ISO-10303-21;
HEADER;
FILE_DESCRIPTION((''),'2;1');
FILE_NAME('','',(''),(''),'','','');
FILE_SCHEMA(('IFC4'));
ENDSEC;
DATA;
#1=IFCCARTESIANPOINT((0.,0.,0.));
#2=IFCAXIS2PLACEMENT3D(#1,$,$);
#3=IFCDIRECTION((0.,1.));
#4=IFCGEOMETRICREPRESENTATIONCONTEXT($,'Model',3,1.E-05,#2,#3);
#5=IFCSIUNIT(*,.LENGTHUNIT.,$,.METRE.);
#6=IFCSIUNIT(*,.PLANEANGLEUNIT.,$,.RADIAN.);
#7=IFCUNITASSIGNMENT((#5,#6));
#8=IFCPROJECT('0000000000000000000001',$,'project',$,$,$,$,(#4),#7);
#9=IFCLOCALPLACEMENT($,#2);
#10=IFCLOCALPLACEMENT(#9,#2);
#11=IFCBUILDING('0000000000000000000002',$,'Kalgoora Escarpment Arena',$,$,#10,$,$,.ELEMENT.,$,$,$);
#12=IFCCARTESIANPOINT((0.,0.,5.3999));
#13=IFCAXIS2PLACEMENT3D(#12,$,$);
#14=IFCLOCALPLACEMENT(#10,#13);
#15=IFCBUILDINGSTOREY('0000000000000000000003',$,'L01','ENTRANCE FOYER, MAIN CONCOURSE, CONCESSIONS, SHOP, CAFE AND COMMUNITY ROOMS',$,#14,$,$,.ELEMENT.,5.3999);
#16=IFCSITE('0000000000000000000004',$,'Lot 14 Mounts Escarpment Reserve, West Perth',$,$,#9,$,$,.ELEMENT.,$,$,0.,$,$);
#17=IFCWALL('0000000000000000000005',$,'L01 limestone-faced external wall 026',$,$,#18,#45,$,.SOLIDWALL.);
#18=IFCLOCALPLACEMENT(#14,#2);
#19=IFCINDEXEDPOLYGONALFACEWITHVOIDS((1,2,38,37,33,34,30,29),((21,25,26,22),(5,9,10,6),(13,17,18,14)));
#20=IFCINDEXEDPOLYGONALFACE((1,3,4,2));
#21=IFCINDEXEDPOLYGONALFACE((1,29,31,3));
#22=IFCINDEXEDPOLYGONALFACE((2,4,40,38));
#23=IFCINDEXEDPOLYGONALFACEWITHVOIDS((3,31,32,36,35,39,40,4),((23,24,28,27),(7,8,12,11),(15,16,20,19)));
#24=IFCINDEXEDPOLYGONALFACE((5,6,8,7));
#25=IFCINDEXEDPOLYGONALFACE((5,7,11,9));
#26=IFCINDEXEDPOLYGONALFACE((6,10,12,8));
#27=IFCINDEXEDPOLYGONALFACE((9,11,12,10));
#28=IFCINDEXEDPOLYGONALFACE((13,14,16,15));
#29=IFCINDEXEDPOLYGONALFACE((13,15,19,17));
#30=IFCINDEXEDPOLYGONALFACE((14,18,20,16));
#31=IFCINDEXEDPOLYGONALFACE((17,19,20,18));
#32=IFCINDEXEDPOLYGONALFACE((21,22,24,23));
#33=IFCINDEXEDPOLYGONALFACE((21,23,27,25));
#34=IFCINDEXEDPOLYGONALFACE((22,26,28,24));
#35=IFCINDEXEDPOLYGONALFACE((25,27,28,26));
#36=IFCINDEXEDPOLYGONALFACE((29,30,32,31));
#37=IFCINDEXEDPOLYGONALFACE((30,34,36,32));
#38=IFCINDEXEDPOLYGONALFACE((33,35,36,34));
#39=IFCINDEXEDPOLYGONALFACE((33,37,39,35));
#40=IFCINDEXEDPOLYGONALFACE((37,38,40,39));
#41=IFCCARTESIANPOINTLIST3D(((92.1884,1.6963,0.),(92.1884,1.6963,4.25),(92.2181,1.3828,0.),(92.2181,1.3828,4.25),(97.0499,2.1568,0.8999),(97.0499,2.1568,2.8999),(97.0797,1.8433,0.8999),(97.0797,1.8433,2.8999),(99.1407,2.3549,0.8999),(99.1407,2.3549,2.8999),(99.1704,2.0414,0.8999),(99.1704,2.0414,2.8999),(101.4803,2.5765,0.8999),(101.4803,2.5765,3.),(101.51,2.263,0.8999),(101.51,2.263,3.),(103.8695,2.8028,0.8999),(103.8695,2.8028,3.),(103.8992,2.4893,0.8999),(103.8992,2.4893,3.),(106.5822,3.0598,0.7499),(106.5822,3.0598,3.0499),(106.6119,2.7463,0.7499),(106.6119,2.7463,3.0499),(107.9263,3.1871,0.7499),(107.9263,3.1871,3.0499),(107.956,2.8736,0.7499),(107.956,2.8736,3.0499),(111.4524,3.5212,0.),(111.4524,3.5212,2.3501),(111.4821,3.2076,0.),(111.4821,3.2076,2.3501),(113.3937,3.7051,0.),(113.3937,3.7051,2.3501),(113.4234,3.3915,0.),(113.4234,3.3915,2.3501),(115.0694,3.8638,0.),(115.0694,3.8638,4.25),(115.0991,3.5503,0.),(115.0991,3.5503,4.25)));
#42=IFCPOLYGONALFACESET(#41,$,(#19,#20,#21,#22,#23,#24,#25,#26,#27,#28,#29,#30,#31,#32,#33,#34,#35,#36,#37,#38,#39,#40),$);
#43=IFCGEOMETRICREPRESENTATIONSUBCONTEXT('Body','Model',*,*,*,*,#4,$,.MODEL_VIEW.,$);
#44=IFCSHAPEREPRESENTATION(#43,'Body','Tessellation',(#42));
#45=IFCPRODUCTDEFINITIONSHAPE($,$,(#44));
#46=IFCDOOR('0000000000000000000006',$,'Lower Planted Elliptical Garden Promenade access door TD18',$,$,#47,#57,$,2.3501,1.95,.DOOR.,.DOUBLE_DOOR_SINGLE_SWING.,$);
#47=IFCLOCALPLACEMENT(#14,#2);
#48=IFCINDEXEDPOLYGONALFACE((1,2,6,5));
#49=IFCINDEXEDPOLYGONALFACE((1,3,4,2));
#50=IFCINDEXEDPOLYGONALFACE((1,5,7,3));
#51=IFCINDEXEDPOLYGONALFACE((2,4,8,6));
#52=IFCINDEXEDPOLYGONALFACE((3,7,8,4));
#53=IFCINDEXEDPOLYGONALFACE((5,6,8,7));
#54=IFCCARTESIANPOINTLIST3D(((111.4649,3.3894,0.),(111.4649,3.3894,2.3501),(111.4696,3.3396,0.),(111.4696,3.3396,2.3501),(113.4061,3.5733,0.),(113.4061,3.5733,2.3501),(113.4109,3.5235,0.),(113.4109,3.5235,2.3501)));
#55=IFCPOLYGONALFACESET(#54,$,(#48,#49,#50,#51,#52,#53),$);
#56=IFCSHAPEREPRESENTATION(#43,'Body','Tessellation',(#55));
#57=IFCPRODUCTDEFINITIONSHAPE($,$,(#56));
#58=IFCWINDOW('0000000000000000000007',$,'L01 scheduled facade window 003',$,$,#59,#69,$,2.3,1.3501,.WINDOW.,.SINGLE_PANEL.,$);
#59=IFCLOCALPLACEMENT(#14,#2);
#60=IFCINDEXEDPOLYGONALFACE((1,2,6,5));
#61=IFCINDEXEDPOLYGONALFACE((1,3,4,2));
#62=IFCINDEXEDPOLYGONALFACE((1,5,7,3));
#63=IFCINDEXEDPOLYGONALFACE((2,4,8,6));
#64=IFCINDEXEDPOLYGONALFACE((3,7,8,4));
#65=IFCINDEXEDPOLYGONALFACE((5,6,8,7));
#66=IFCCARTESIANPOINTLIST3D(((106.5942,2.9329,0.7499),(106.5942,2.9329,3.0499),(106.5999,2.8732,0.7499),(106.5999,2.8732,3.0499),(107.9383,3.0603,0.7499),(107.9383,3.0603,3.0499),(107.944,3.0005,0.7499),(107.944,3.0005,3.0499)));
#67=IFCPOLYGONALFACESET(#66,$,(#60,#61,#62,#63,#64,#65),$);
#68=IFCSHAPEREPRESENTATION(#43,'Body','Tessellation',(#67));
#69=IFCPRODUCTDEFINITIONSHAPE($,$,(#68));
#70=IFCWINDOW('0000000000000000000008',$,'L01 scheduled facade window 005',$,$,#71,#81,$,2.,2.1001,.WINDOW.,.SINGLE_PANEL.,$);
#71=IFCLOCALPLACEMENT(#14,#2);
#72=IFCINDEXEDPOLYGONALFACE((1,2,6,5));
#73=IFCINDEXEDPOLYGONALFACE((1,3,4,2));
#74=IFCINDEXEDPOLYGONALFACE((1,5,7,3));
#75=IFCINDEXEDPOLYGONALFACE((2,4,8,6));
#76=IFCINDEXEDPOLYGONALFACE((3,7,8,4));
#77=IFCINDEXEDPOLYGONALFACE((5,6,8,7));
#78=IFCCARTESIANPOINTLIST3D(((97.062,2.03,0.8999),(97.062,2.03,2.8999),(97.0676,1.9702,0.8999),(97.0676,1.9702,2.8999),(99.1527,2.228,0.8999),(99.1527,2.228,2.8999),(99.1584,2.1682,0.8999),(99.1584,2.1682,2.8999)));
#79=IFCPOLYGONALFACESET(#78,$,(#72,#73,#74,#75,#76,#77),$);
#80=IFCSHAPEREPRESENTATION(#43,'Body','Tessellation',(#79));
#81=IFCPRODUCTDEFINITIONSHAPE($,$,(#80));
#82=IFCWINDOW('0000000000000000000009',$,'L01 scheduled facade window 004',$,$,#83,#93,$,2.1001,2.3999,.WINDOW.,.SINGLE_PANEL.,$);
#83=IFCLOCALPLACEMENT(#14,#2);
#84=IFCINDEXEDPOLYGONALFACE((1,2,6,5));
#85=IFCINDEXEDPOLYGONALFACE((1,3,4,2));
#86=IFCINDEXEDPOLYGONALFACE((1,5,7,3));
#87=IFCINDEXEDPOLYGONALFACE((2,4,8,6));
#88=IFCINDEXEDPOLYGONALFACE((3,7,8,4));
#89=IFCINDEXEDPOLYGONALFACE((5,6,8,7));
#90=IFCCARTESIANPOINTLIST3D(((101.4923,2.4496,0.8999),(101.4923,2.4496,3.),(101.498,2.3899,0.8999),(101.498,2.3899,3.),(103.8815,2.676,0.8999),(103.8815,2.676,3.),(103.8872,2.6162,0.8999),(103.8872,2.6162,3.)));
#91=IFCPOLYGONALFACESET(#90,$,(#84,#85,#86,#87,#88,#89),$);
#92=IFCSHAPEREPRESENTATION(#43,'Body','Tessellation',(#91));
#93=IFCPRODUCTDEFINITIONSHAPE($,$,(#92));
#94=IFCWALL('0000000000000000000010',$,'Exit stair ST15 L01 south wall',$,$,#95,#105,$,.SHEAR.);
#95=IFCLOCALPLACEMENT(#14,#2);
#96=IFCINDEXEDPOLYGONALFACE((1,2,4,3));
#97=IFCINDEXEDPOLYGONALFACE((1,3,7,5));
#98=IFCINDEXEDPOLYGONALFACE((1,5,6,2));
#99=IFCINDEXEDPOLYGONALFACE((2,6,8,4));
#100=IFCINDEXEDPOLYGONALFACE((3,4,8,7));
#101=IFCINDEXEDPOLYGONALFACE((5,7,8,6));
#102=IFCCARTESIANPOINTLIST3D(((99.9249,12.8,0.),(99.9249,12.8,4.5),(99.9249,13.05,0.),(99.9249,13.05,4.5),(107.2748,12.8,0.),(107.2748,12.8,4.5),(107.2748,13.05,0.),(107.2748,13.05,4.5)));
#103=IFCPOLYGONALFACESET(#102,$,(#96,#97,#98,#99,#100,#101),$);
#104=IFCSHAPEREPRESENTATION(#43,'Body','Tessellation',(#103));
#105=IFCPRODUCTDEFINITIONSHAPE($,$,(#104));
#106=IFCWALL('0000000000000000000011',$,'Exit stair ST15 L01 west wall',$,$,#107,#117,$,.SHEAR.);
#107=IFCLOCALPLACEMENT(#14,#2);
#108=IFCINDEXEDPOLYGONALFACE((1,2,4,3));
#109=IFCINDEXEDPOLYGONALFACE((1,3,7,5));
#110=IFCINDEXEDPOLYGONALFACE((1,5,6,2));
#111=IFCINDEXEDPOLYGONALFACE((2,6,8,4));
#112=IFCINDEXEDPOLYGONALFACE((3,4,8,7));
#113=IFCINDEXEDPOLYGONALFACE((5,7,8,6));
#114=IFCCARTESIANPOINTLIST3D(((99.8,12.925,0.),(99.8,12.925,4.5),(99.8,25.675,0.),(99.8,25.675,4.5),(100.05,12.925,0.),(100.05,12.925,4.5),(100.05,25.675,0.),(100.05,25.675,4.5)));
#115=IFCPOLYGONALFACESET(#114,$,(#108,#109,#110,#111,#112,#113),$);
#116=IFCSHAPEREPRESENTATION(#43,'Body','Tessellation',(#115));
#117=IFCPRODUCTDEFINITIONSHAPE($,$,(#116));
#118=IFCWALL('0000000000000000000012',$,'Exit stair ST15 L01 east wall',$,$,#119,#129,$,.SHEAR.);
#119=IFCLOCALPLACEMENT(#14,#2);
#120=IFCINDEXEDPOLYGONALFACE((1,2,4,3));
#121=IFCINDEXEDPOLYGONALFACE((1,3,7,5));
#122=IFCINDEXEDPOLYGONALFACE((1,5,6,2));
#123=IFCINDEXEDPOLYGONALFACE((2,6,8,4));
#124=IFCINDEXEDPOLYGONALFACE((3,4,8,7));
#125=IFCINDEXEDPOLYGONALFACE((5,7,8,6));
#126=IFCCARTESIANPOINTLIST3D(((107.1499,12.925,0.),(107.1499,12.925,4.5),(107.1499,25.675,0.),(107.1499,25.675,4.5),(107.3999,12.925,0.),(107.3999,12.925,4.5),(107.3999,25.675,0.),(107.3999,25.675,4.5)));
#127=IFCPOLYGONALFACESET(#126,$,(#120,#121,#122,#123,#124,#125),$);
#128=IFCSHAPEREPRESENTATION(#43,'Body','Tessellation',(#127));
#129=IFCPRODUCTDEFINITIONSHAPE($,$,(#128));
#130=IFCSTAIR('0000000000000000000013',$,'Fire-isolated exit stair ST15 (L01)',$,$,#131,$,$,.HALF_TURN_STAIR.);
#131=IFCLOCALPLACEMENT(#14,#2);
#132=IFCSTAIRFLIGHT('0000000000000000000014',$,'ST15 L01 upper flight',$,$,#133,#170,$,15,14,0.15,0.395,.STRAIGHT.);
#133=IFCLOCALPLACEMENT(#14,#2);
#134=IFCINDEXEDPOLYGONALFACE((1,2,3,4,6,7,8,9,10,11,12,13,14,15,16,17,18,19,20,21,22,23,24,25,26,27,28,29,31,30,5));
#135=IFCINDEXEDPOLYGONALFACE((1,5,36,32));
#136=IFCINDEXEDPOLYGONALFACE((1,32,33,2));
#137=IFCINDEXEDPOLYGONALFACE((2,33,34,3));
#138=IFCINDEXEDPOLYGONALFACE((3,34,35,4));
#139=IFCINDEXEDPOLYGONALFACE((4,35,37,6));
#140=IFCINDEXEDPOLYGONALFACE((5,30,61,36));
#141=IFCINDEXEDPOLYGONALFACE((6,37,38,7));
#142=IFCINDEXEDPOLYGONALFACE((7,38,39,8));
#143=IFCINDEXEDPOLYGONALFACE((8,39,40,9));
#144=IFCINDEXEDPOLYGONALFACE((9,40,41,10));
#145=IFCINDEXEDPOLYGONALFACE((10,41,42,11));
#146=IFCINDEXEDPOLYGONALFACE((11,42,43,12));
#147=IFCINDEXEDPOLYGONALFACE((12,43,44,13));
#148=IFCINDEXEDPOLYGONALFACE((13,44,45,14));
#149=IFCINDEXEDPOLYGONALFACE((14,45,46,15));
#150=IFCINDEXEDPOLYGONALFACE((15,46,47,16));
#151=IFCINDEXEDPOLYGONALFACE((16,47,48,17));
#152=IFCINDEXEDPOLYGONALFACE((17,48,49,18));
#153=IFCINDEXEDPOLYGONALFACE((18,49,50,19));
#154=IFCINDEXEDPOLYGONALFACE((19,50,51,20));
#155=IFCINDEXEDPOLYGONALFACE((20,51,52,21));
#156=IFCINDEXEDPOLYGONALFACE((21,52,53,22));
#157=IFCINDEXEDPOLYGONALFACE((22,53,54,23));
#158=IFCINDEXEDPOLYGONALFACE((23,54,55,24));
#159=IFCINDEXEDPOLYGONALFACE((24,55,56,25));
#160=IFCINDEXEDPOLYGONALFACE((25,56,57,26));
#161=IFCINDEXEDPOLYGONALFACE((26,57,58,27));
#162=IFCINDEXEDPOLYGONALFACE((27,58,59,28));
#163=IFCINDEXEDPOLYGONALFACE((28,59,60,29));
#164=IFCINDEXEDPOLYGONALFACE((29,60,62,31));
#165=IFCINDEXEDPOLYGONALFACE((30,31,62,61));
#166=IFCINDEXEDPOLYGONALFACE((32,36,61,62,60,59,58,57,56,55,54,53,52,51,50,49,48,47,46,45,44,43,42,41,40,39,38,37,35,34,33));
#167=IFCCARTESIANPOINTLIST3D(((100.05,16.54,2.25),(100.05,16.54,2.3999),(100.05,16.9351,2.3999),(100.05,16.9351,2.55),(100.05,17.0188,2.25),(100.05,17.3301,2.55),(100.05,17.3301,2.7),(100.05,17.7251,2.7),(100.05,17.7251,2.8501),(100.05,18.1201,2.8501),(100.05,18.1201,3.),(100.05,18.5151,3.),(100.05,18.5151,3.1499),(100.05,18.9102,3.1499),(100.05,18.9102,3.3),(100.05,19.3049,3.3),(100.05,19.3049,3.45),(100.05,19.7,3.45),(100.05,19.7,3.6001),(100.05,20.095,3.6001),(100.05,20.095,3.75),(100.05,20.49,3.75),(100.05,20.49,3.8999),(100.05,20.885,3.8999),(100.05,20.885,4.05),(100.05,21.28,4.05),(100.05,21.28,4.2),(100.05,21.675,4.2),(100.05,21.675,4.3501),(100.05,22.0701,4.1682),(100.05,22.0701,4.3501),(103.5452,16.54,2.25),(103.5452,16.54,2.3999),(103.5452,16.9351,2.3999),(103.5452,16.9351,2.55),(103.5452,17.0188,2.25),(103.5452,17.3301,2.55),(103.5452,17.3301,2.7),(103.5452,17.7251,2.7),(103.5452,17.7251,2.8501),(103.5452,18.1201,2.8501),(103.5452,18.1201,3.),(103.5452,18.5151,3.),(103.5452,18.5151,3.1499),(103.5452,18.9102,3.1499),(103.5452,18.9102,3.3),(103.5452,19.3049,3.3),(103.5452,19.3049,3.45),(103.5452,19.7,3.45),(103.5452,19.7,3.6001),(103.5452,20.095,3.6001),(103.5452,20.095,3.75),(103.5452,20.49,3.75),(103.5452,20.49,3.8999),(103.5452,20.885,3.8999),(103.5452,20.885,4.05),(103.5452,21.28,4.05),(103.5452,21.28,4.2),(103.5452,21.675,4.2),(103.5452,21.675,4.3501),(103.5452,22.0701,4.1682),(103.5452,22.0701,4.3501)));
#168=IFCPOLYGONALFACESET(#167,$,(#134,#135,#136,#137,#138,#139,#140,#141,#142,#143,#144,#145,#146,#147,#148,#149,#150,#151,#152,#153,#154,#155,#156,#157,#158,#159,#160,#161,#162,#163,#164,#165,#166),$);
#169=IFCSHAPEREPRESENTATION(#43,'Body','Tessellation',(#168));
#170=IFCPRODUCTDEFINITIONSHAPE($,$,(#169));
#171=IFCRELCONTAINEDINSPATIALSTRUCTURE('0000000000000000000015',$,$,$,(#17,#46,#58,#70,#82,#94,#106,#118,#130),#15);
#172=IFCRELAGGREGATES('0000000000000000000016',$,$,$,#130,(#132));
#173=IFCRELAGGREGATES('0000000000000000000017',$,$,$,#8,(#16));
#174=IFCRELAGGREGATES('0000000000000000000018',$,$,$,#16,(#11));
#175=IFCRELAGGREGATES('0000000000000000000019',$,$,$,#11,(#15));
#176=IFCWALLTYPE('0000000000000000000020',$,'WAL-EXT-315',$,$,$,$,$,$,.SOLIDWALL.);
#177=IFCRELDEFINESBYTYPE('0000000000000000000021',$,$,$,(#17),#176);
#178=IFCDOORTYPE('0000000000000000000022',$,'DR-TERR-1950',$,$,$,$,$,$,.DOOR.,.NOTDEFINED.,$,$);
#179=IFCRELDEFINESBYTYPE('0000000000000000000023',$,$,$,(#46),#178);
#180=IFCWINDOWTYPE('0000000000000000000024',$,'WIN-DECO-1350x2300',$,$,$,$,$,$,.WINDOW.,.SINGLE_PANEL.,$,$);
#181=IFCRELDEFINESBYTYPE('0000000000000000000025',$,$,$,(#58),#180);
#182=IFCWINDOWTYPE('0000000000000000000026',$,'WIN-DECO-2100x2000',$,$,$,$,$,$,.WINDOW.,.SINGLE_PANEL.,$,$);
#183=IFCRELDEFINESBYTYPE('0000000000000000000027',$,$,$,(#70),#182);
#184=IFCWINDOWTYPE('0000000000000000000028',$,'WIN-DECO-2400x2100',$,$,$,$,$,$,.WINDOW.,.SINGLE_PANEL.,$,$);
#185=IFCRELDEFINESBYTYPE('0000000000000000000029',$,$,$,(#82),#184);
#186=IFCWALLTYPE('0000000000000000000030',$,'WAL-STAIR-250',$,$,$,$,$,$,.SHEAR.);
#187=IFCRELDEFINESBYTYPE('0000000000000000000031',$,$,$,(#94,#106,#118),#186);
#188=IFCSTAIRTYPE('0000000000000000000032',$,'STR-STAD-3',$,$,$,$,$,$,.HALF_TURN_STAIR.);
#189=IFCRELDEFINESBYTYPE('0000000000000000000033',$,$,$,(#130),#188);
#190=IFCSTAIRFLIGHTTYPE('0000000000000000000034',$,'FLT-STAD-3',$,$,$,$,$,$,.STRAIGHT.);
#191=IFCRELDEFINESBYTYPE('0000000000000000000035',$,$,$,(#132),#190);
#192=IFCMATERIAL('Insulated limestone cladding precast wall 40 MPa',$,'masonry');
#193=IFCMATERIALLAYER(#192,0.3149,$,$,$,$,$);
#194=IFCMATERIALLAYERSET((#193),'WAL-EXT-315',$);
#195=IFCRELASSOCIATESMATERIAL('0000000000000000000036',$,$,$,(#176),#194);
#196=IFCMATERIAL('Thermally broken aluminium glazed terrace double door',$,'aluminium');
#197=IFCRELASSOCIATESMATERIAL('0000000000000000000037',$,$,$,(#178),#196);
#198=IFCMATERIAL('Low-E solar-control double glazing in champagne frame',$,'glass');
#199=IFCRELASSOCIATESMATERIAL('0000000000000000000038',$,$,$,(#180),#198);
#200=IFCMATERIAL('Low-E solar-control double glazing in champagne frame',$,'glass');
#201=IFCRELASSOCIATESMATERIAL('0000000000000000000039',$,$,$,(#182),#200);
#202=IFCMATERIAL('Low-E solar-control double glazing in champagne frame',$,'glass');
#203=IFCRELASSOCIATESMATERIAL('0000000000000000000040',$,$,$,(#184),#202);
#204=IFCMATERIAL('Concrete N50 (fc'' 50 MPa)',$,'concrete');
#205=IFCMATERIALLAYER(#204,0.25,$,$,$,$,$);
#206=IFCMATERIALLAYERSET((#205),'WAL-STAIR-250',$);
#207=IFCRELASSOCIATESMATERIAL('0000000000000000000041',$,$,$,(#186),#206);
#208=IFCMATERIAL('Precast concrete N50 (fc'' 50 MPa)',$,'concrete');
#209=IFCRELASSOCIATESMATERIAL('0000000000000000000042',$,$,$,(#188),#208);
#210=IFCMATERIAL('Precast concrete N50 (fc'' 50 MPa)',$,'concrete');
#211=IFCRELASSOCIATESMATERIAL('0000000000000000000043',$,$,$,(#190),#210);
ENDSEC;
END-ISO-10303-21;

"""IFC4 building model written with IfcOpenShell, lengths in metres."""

from ifc_helpers import new_model, si_unit, direction, frame, frame_2d, origin, place, context, subcontext, project, spatial, polyline, rectangle, outline, extrude, material, layer, layer_set, type_object, element, fill, aggregate, save


model = new_model("IFC4")

# Units and contexts
model_context = context("Model", 3, precision=1e-05, world=origin(), true_north=direction((0.0, 1.0)))
body_context = subcontext(model_context, "Body", "Model", "MODEL_VIEW")
ifc_project = project(units=[si_unit("LENGTHUNIT", "METRE"), si_unit("PLANEANGLEUNIT", "RADIAN")], contexts=[model_context])

# Site, building, storey
site_placement = place(None, origin())
site = spatial("IfcSite", under=ifc_project, at=site_placement, Name="Lot 14 Mounts Escarpment Reserve, West Perth", CompositionType="ELEMENT", RefElevation=0.0)
building_placement = place(site_placement, origin())
building = spatial("IfcBuilding", under=site, at=building_placement, Name="Kalgoora Escarpment Arena", CompositionType="ELEMENT")
storey_placement = place(building_placement, frame((0.0, 0.0, 5.3999)))
storey = spatial("IfcBuildingStorey", under=building, at=storey_placement, Name="L01", Description="ENTRANCE FOYER, MAIN CONCOURSE, CONCESSIONS, SHOP, CAFE AND COMMUNITY ROOMS", CompositionType="ELEMENT", Elevation=5.3999)

# Wall, openings, door, windows
ifc_material_1 = material(Name="Insulated limestone cladding precast wall 40 MPa", Category="masonry")
ifc_layer_1 = layer(ifc_material_1, 0.3149)
ifc_layer_set_1 = layer_set([ifc_layer_1], Name="WAL-EXT-315")
wall_type_1 = type_object("IfcWallType", Name="WAL-EXT-315", PredefinedType="SOLIDWALL", material=ifc_layer_set_1)
wall_1_placement = place(storey_placement, frame((115.0842, 3.707, 0.0), z_axis=(0.0, 0.0, 1.0), x_axis=(-0.995543, -0.094307, 0.0)))
wall_1 = element("IfcWall", 1, at=wall_1_placement, inside=storey, type_object=wall_type_1, Name="L01 limestone-faced external wall 026", PredefinedType="SOLIDWALL", context=body_context, shape_type="SweptSolid", body=[
    extrude(rectangle(XDim=22.9834, YDim=0.3149, at=frame_2d((11.4917, 0.0))), origin(), (0.0, 0.0, 1.0), 4.25),
])
opening_1_placement = place(wall_1_placement, frame((1.6831, 0.0, 0.0)))
opening_1 = element("IfcOpeningElement", 2, at=opening_1_placement, cuts=wall_1, PredefinedType="OPENING", context=body_context, shape_type="SweptSolid", body=[
    extrude(rectangle(XDim=1.95, YDim=2.3501, at=frame_2d((0.9751, 1.175))), frame((0.0, 0.1675, 0.0), z_axis=(0.0, -1.0, 0.0), x_axis=(1.0, 0.0, 0.0)), (0.0, 0.0, 1.0), 0.335),
])
opening_2_placement = place(wall_1_placement, frame((7.175, 0.0, 0.75)))
opening_2 = element("IfcOpeningElement", 3, at=opening_2_placement, cuts=wall_1, PredefinedType="OPENING", context=body_context, shape_type="SweptSolid", body=[
    extrude(rectangle(XDim=1.3501, YDim=2.3, at=frame_2d((0.675, 1.1499))), frame((0.0, 0.1675, 0.0), z_axis=(0.0, -1.0, 0.0), x_axis=(1.0, 0.0, 0.0)), (0.0, 0.0, 1.0), 0.335),
])
opening_3_placement = place(wall_1_placement, frame((11.25, 0.0, 0.8999)))
opening_3 = element("IfcOpeningElement", 4, at=opening_3_placement, cuts=wall_1, PredefinedType="OPENING", context=body_context, shape_type="SweptSolid", body=[
    extrude(rectangle(XDim=2.3999, YDim=2.1001, at=frame_2d((1.2, 1.05))), frame((0.0, 0.1675, 0.0), z_axis=(0.0, -1.0, 0.0), x_axis=(1.0, 0.0, 0.0)), (0.0, 0.0, 1.0), 0.335),
])
opening_4_placement = place(wall_1_placement, frame((16.0, 0.0, 0.8999)))
opening_4 = element("IfcOpeningElement", 5, at=opening_4_placement, cuts=wall_1, PredefinedType="OPENING", context=body_context, shape_type="SweptSolid", body=[
    extrude(rectangle(XDim=2.1001, YDim=2.0, at=frame_2d((1.05, 1.0))), frame((0.0, 0.1675, 0.0), z_axis=(0.0, -1.0, 0.0), x_axis=(1.0, 0.0, 0.0)), (0.0, 0.0, 1.0), 0.335),
])
ifc_material_2 = material(Name="Thermally broken aluminium glazed terrace double door", Category="aluminium")
door_type_1 = type_object("IfcDoorType", Name="DR-TERR-1950", OperationType="NOTDEFINED", PredefinedType="DOOR", material=ifc_material_2)
door_1_placement = place(opening_1_placement, origin())
door_1 = element("IfcDoor", 6, at=door_1_placement, inside=storey, type_object=door_type_1, Name="Lower Planted Elliptical Garden Promenade access door TD18", OperationType="DOUBLE_DOOR_SINGLE_SWING", OverallHeight=2.3501, OverallWidth=1.95, PredefinedType="DOOR", context=body_context, shape_type="SweptSolid", body=[
    extrude(rectangle(XDim=1.95, YDim=2.3501, at=frame_2d((0.9751, 1.175))), frame((0.0, 0.0249, 0.0), z_axis=(0.0, -1.0, 0.0), x_axis=(1.0, 0.0, 0.0)), (0.0, 0.0, 1.0), 0.05),
])
fill(opening_1, door_1)
ifc_material_3 = material(Name="Low-E solar-control double glazing in champagne frame", Category="glass")
window_type_1 = type_object("IfcWindowType", Name="WIN-DECO-1350x2300", PartitioningType="SINGLE_PANEL", PredefinedType="WINDOW", material=ifc_material_3)
window_1_placement = place(opening_2_placement, origin())
window_1 = element("IfcWindow", 7, at=window_1_placement, inside=storey, type_object=window_type_1, Name="L01 scheduled facade window 003", OverallHeight=2.3, OverallWidth=1.3501, PartitioningType="SINGLE_PANEL", PredefinedType="WINDOW", context=body_context, shape_type="SweptSolid", body=[
    extrude(rectangle(XDim=1.3501, YDim=2.3, at=frame_2d((0.675, 1.1499))), frame((0.0, 0.03, 0.0), z_axis=(0.0, -1.0, 0.0), x_axis=(1.0, 0.0, 0.0)), (0.0, 0.0, 1.0), 0.0601),
])
fill(opening_2, window_1)
ifc_material_4 = material(Name="Low-E solar-control double glazing in champagne frame", Category="glass")
window_type_2 = type_object("IfcWindowType", Name="WIN-DECO-2100x2000", PartitioningType="SINGLE_PANEL", PredefinedType="WINDOW", material=ifc_material_4)
window_2_placement = place(opening_4_placement, origin())
window_2 = element("IfcWindow", 8, at=window_2_placement, inside=storey, type_object=window_type_2, Name="L01 scheduled facade window 005", OverallHeight=2.0, OverallWidth=2.1001, PartitioningType="SINGLE_PANEL", PredefinedType="WINDOW", context=body_context, shape_type="SweptSolid", body=[
    extrude(rectangle(XDim=2.1001, YDim=2.0, at=frame_2d((1.05, 1.0))), frame((0.0, 0.03, 0.0), z_axis=(0.0, -1.0, 0.0), x_axis=(1.0, 0.0, 0.0)), (0.0, 0.0, 1.0), 0.0601),
])
fill(opening_4, window_2)
ifc_material_5 = material(Name="Low-E solar-control double glazing in champagne frame", Category="glass")
window_type_3 = type_object("IfcWindowType", Name="WIN-DECO-2400x2100", PartitioningType="SINGLE_PANEL", PredefinedType="WINDOW", material=ifc_material_5)
window_3_placement = place(opening_3_placement, origin())
window_3 = element("IfcWindow", 9, at=window_3_placement, inside=storey, type_object=window_type_3, Name="L01 scheduled facade window 004", OverallHeight=2.1001, OverallWidth=2.3999, PartitioningType="SINGLE_PANEL", PredefinedType="WINDOW", context=body_context, shape_type="SweptSolid", body=[
    extrude(rectangle(XDim=2.3999, YDim=2.1001, at=frame_2d((1.2, 1.05))), frame((0.0, 0.03, 0.0), z_axis=(0.0, -1.0, 0.0), x_axis=(1.0, 0.0, 0.0)), (0.0, 0.0, 1.0), 0.0601),
])
fill(opening_3, window_3)

# Walls
ifc_material_6 = material(Name="Concrete N50 (fc' 50 MPa)", Category="concrete")
ifc_layer_2 = layer(ifc_material_6, 0.25)
ifc_layer_set_2 = layer_set([ifc_layer_2], Name="WAL-STAIR-250")
wall_type_2 = type_object("IfcWallType", Name="WAL-STAIR-250", PredefinedType="SHEAR", material=ifc_layer_set_2)
wall_2_placement = place(storey_placement, frame((99.925, 12.925, 0.0), z_axis=(0.0, 0.0, 1.0), x_axis=(1.0, 0.0, 0.0)))
element("IfcWall", 10, at=wall_2_placement, inside=storey, type_object=wall_type_2, Name="Exit stair ST15 L01 south wall", PredefinedType="SHEAR", context=body_context, shape_type="SweptSolid", body=[
    extrude(rectangle(XDim=7.3499, YDim=0.25, at=frame_2d((3.6748, 0.0))), origin(), (0.0, 0.0, 1.0), 4.5),
])
for number, where, z_axis, x_axis, name in (
    (11, (99.925, 12.925, 0.0), (0.0, 0.0, 1.0), (0.0, 1.0, 0.0), "Exit stair ST15 L01 west wall"),
    (12, (107.2749, 12.925, 0.0), (0.0, 0.0, 1.0), (0.0, 1.0, 0.0), "Exit stair ST15 L01 east wall"),
):
    element("IfcWall", number, at=place(storey_placement, frame(where, z_axis=z_axis, x_axis=x_axis)), inside=storey, type_object=wall_type_2, Name=name, PredefinedType="SHEAR", context=body_context, shape_type="SweptSolid", body=[
        extrude(rectangle(XDim=12.75, YDim=0.25, at=frame_2d((6.375, 0.0))), origin(), (0.0, 0.0, 1.0), 4.5),
    ])

# Stair, stair flight
ifc_material_7 = material(Name="Precast concrete N50 (fc' 50 MPa)", Category="concrete")
stair_type = type_object("IfcStairType", Name="STR-STAD-3", PredefinedType="HALF_TURN_STAIR", material=ifc_material_7)
stair_placement = place(storey_placement, origin())
stair = element("IfcStair", 13, at=stair_placement, inside=storey, type_object=stair_type, Name="Fire-isolated exit stair ST15 (L01)", PredefinedType="HALF_TURN_STAIR")
ifc_material_8 = material(Name="Precast concrete N50 (fc' 50 MPa)", Category="concrete")
stair_flight_type = type_object("IfcStairFlightType", Name="FLT-STAD-3", PredefinedType="STRAIGHT", material=ifc_material_8)
stair_flight_placement = place(storey_placement, frame((101.7976, 16.54, 2.25), z_axis=(0.0, 0.0, 1.0), x_axis=(0.0, 1.0, 0.0)))
stair_flight = element("IfcStairFlight", 14, at=stair_flight_placement, type_object=stair_flight_type, Name="ST15 L01 upper flight", NumberOfRisers=15, NumberOfTreads=14, PredefinedType="STRAIGHT", RiserHeight=0.15, TreadLength=0.395, context=body_context, shape_type="SweptSolid", body=[
    extrude(outline(polyline([(0.0, 0.0), (0.0, 0.1499), (0.395, 0.1499), (0.395, 0.3), (0.79, 0.3), (0.79, 0.45), (1.1851, 0.45), (1.1851, 0.6001), (1.5801, 0.6001), (1.5801, 0.75), (1.9751, 0.75), (1.9751, 0.8999), (2.3701, 0.8999), (2.3701, 1.05), (2.7649, 1.05), (2.7649, 1.2), (3.1599, 1.2), (3.1599, 1.3501), (3.5549, 1.3501), (3.5549, 1.5), (3.95, 1.5), (3.95, 1.6499), (4.345, 1.6499), (4.345, 1.8), (4.74, 1.8), (4.74, 1.95), (5.135, 1.95), (5.135, 2.1001), (5.53, 2.1001), (5.53, 2.25), (5.53, 1.9182), (0.4788, 0.0), (0.0, 0.0)])), frame((0.0, 1.7476, 0.0), z_axis=(0.0, -1.0, 0.0), x_axis=(1.0, 0.0, 0.0)), (0.0, 0.0, 1.0), 3.4951),
])
aggregate(stair, [stair_flight])

save(model, "model.ifc")
